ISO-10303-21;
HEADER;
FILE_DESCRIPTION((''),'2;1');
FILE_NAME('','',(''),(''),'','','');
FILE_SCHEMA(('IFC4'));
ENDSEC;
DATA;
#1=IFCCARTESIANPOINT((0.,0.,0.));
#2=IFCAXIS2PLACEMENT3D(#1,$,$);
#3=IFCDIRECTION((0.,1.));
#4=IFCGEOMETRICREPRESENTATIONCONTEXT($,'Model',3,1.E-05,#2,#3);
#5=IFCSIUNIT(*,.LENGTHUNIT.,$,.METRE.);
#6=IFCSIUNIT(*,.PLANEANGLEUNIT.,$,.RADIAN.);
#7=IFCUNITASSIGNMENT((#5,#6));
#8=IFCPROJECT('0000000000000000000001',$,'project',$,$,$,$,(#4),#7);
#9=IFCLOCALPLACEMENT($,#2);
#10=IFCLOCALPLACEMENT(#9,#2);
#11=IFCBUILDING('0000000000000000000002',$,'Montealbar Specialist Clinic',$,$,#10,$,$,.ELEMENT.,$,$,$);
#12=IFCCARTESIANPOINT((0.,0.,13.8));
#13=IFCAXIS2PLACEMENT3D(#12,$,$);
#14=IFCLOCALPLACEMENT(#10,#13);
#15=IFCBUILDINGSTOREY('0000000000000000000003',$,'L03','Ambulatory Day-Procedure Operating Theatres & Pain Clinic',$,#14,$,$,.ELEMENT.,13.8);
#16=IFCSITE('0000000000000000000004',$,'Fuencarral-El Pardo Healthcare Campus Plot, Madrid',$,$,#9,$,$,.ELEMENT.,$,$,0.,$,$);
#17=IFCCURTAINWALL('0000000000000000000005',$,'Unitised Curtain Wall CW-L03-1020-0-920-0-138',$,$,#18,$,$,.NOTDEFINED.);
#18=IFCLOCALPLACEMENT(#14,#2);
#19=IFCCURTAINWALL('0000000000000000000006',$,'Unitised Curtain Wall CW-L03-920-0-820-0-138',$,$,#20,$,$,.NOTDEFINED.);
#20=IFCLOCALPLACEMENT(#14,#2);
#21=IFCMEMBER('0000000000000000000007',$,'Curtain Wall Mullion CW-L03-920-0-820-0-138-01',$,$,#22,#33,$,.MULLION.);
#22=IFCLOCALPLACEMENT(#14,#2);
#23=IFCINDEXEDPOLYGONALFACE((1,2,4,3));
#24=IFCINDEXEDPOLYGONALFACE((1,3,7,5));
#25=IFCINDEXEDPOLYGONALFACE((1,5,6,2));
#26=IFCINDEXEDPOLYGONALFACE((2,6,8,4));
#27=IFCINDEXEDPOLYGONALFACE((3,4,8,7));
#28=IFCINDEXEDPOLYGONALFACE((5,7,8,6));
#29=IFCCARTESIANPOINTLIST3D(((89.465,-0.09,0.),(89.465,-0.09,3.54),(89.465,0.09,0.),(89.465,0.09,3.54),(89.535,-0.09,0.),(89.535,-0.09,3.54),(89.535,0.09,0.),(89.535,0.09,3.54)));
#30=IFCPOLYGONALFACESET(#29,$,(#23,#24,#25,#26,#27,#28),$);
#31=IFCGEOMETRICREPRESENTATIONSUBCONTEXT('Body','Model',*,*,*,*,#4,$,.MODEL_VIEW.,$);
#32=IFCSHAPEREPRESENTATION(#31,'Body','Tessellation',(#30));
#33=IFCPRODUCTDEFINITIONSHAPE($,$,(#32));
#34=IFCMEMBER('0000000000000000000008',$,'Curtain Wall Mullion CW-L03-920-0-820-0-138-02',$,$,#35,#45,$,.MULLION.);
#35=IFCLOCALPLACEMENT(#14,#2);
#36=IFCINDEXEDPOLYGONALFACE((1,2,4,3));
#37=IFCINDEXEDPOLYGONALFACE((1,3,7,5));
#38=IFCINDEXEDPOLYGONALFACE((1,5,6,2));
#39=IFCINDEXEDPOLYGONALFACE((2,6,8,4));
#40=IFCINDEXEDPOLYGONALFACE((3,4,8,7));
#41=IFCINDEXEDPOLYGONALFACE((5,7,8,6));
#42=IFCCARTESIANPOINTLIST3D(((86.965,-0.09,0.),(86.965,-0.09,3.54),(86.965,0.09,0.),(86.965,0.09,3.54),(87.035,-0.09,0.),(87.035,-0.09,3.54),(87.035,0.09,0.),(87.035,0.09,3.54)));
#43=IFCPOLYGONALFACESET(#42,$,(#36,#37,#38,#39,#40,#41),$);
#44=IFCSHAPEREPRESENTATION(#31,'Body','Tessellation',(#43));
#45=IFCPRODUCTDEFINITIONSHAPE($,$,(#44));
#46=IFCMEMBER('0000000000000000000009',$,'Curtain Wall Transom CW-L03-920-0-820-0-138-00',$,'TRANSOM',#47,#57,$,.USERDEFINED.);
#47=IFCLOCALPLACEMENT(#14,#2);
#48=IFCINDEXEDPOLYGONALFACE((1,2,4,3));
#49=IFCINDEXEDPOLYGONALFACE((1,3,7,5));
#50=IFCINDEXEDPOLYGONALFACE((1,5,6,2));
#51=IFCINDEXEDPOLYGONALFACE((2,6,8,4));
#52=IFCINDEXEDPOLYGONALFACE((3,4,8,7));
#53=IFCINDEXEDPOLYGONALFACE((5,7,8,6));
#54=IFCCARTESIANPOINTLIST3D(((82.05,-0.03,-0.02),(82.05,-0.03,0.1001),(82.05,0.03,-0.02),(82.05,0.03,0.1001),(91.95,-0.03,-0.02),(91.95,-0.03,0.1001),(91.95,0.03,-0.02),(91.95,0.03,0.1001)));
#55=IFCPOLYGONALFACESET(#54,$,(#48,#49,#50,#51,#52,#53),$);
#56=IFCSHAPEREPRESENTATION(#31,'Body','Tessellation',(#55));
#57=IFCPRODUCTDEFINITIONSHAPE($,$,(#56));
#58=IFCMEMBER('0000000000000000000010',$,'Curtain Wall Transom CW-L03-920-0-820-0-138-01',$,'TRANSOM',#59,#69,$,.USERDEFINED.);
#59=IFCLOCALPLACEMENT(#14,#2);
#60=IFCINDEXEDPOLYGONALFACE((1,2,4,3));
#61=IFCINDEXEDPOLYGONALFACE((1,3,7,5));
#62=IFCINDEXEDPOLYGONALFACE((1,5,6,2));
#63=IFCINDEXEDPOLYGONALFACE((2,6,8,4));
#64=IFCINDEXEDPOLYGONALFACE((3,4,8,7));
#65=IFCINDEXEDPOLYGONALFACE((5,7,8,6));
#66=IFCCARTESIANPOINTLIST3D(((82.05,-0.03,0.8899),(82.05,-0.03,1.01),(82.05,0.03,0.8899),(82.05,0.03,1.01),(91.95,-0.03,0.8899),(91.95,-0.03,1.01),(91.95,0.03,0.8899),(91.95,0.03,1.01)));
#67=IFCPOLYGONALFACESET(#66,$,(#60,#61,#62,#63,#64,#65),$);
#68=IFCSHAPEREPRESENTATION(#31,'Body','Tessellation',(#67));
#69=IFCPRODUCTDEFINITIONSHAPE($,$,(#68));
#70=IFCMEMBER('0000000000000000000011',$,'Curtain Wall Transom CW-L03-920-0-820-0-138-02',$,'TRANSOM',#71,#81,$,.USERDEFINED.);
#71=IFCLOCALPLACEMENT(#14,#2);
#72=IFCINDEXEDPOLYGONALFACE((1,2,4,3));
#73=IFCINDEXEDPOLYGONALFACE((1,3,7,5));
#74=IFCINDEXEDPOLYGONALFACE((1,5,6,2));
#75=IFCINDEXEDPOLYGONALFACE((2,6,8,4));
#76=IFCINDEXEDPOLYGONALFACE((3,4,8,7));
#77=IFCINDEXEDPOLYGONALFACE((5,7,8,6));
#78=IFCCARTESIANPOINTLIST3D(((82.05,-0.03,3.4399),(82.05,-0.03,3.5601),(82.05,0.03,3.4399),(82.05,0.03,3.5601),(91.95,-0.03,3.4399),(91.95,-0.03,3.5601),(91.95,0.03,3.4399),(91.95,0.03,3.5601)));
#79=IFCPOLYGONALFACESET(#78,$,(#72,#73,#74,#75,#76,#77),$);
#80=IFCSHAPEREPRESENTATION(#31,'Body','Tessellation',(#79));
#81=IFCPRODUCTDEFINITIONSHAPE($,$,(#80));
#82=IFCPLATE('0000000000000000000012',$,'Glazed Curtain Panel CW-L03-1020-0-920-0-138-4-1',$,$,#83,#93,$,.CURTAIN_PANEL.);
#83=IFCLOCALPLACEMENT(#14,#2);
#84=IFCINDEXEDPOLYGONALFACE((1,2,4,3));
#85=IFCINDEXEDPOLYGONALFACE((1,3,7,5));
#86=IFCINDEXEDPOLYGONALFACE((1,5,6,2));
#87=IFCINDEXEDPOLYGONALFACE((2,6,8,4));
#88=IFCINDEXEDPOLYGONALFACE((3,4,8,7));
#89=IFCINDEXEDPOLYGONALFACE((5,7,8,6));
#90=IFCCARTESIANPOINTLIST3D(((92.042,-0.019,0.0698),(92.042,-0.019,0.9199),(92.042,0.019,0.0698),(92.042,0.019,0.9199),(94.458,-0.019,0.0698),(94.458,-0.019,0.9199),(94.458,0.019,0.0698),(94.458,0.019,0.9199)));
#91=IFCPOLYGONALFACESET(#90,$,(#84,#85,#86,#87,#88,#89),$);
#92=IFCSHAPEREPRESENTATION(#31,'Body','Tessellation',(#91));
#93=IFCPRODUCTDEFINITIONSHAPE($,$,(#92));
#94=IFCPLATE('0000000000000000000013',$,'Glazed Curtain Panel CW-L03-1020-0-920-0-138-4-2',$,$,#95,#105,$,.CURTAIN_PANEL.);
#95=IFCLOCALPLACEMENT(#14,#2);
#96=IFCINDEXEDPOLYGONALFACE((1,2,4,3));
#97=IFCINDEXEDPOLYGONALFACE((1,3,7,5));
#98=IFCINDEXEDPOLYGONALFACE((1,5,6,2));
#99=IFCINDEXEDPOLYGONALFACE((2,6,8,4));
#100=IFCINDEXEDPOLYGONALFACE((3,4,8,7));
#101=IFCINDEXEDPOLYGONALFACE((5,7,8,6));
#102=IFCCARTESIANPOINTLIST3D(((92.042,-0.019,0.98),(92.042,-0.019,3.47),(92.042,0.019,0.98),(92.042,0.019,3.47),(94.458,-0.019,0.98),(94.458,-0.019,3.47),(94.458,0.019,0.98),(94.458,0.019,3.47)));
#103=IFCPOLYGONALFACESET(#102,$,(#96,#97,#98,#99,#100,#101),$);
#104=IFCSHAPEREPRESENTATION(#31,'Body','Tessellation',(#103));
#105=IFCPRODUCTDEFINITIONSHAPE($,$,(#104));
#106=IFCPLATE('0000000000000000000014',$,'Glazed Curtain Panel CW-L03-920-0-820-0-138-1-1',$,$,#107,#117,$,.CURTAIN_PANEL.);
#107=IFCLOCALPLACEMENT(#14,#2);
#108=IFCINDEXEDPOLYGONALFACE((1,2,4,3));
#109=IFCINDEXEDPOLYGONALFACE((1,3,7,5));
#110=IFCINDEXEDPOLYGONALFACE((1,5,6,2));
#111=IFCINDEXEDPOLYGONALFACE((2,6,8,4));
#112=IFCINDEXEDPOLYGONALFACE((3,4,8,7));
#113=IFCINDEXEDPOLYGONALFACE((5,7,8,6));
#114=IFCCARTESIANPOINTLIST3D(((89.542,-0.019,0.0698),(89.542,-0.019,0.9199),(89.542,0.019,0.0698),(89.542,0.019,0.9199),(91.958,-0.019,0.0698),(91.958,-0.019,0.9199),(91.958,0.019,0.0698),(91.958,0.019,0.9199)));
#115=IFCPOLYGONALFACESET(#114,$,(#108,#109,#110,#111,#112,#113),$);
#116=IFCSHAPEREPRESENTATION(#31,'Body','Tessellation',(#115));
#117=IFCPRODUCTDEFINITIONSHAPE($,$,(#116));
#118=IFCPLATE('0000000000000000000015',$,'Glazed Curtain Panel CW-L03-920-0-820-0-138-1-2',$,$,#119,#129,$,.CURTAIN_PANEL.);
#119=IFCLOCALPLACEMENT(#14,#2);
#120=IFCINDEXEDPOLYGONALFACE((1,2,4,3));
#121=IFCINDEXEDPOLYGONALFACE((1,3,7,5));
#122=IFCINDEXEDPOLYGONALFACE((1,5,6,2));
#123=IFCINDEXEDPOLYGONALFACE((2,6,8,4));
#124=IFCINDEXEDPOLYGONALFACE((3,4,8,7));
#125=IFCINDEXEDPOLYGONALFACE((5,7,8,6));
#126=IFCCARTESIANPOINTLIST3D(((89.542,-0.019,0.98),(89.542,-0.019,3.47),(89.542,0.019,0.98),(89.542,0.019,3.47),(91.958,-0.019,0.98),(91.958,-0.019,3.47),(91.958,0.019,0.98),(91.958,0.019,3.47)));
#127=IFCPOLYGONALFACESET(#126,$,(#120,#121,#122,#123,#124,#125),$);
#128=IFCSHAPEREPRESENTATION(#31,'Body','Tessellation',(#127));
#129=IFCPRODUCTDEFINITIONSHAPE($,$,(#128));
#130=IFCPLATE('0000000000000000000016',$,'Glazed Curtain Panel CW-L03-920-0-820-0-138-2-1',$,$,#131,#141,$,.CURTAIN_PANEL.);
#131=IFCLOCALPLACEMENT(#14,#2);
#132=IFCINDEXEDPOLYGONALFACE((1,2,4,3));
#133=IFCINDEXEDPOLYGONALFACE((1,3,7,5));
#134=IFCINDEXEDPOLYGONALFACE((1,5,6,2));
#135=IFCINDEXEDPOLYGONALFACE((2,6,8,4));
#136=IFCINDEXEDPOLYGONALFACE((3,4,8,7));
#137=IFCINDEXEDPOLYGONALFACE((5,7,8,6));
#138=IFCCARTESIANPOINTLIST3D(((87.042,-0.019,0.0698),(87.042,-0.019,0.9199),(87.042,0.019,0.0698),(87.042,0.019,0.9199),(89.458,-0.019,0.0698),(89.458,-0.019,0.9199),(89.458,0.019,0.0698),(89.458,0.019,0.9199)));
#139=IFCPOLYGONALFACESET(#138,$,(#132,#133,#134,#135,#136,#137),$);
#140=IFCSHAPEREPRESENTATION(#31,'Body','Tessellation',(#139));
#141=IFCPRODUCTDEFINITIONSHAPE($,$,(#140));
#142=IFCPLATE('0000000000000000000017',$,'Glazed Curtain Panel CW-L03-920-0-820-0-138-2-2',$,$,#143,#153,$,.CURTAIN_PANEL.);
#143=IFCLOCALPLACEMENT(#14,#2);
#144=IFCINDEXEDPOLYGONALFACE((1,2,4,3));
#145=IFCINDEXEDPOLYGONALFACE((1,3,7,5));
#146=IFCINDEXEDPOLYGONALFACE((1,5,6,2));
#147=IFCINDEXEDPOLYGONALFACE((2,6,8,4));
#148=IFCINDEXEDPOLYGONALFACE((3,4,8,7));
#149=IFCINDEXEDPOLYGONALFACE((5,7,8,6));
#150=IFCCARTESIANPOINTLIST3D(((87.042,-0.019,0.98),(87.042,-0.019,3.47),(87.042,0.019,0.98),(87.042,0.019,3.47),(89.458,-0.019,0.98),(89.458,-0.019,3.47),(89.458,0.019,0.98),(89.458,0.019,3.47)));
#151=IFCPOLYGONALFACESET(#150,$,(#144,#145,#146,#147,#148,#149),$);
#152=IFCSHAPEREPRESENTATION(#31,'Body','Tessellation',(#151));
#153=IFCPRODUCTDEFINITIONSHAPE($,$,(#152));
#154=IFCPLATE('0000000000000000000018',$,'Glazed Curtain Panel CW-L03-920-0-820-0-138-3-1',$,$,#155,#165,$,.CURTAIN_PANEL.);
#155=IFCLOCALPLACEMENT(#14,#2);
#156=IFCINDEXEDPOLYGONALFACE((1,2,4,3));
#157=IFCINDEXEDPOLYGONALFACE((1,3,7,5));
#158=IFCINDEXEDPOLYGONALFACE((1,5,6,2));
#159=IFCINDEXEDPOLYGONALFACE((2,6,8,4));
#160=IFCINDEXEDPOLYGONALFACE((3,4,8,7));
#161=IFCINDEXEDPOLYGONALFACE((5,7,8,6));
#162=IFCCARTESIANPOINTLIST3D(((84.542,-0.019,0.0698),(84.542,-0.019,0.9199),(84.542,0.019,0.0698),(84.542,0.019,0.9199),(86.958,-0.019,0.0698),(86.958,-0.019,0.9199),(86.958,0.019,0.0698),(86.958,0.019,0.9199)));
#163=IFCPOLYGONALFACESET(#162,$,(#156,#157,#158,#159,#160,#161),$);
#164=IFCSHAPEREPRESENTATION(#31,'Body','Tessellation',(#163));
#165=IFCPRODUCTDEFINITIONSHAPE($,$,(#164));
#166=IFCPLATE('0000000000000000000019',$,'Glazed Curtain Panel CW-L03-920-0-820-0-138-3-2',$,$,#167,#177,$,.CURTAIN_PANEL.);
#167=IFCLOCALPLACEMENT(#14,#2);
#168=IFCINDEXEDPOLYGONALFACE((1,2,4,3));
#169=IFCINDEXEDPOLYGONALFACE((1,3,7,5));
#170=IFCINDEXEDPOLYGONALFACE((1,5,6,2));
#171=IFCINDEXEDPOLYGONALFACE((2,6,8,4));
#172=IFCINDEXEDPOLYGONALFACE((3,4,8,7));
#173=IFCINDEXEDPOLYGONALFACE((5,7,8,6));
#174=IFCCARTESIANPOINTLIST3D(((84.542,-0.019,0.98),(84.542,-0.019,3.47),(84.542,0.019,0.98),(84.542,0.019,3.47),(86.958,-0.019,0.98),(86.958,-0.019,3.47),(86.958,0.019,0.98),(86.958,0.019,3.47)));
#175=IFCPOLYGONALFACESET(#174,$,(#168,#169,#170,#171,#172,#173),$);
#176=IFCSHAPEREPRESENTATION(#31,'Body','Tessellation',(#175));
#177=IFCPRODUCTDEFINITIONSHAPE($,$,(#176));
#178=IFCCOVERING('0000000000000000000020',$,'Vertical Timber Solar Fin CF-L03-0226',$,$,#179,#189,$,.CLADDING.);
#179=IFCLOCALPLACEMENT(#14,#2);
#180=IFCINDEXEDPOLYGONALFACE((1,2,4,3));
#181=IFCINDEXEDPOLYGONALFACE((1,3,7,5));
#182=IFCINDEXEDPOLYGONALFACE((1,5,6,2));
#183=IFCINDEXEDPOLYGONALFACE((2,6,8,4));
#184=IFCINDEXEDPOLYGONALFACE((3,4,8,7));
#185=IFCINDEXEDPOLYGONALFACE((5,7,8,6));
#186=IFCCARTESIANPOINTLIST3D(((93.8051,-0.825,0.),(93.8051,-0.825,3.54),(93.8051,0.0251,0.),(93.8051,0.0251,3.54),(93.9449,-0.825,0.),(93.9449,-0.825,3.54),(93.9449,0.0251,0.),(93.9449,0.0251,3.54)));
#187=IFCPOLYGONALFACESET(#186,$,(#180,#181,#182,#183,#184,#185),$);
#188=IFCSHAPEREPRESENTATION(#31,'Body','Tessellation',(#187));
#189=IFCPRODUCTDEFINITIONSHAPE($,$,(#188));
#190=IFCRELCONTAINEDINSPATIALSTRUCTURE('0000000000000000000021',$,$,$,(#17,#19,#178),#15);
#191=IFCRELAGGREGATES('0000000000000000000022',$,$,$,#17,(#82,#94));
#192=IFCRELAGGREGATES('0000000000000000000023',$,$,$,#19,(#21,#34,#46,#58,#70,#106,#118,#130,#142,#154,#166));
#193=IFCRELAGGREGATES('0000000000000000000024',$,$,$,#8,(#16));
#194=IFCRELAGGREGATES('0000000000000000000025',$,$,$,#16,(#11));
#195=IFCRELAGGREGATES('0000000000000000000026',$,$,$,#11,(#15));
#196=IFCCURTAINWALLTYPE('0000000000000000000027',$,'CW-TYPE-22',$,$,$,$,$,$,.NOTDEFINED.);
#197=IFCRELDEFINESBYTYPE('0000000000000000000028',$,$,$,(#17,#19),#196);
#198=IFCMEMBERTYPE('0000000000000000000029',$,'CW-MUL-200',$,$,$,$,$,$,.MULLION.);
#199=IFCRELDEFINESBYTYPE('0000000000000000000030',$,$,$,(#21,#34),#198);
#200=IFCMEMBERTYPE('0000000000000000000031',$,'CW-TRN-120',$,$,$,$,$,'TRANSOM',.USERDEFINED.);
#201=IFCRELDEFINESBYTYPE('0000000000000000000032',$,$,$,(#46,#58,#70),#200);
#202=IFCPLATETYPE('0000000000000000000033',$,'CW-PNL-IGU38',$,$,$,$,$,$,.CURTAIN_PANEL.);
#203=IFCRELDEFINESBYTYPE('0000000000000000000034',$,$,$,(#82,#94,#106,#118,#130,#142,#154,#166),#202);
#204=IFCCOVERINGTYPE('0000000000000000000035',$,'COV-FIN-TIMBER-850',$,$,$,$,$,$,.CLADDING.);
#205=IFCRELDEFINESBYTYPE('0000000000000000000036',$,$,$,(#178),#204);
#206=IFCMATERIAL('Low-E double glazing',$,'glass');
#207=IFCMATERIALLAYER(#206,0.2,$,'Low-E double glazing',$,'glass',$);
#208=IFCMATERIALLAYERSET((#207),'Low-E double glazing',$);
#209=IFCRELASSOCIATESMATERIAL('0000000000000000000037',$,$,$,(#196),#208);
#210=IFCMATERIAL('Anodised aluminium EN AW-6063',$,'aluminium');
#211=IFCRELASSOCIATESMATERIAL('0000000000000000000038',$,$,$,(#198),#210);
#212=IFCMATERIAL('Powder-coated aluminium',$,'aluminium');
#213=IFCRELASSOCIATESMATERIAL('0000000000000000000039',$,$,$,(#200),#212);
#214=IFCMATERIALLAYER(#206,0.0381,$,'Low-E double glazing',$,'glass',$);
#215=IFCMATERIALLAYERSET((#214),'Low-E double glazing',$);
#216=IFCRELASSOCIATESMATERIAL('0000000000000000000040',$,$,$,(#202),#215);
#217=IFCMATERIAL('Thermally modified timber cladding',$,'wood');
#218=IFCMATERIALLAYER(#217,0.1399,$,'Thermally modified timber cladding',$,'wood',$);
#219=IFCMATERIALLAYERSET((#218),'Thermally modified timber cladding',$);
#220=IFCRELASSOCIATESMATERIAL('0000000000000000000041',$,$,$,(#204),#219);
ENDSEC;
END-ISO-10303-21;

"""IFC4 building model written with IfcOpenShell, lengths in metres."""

from ifc_helpers import new_model, si_unit, direction, frame, origin, origin_2d, place, context, subcontext, project, spatial, rectangle, extrude, material, layer, layer_set, material_profile, profile_set, type_object, element, aggregate, save


model = new_model("IFC4")

# Units and contexts
model_context = context("Model", 3, precision=1e-05, world=origin(), true_north=direction((0.0, 1.0)))
body_context = subcontext(model_context, "Body", "Model", "MODEL_VIEW")
ifc_project = project(units=[si_unit("LENGTHUNIT", "METRE"), si_unit("PLANEANGLEUNIT", "RADIAN")], contexts=[model_context])

# Site, building, storey
site_placement = place(None, origin())
site = spatial("IfcSite", under=ifc_project, at=site_placement, Name="Fuencarral-El Pardo Healthcare Campus Plot, Madrid", CompositionType="ELEMENT", RefElevation=0.0)
building_placement = place(site_placement, origin())
building = spatial("IfcBuilding", under=site, at=building_placement, Name="Montealbar Specialist Clinic", CompositionType="ELEMENT")
storey_placement = place(building_placement, frame((0.0, 0.0, 13.8)))
storey = spatial("IfcBuildingStorey", under=building, at=storey_placement, Name="L03", Description="Ambulatory Day-Procedure Operating Theatres & Pain Clinic", CompositionType="ELEMENT", Elevation=13.8)

# Curtain walls, members
ifc_material_1 = material(Name="Low-E double glazing", Category="glass")
ifc_layer_1 = layer(ifc_material_1, 0.2, Name="Low-E double glazing", Category="glass")
ifc_layer_set_1 = layer_set([ifc_layer_1], Name="Low-E double glazing")
curtain_wall_type = type_object("IfcCurtainWallType", Name="CW-TYPE-22", PredefinedType="NOTDEFINED", material=ifc_layer_set_1)
curtain_wall_1_placement = place(storey_placement, origin())
curtain_wall_1 = element("IfcCurtainWall", 1, at=curtain_wall_1_placement, inside=storey, type_object=curtain_wall_type, Name="Unitised Curtain Wall CW-L03-1020-0-920-0-138", PredefinedType="NOTDEFINED")
ifc_material_2 = material(Name="Anodised aluminium EN AW-6063", Category="aluminium")
ifc_material_profile_1 = material_profile(ifc_material_2, rectangle(XDim=0.0701, YDim=0.1799, at=origin_2d()), Name="ALU 70x180", Category="aluminium")
ifc_profile_set_1 = profile_set([ifc_material_profile_1], Name="Anodised aluminium EN AW-6063")
member_type_1 = type_object("IfcMemberType", Name="CW-MUL-200", PredefinedType="MULLION", material=ifc_profile_set_1)
curtain_wall_2_placement = place(storey_placement, origin())
curtain_wall_2 = element("IfcCurtainWall", 2, at=curtain_wall_2_placement, inside=storey, type_object=curtain_wall_type, Name="Unitised Curtain Wall CW-L03-920-0-820-0-138", PredefinedType="NOTDEFINED")
member_1_placement = place(storey_placement, frame((89.5, 0.0, 0.0), z_axis=(0.0, 0.0, 1.0), x_axis=(-1.0, 0.0, 0.0)))
member_1 = element("IfcMember", 3, at=member_1_placement, type_object=member_type_1, Name="Curtain Wall Mullion CW-L03-920-0-820-0-138-01", PredefinedType="MULLION", context=body_context, shape_type="SweptSolid", body=[
    extrude(rectangle(XDim=0.0701, YDim=0.1799, at=origin_2d()), origin(), (0.0, 0.0, 1.0), 3.54),
])
member_2_placement = place(storey_placement, frame((87.0, 0.0, 0.0), z_axis=(0.0, 0.0, 1.0), x_axis=(-1.0, 0.0, 0.0)))
member_2 = element("IfcMember", 4, at=member_2_placement, type_object=member_type_1, Name="Curtain Wall Mullion CW-L03-920-0-820-0-138-02", PredefinedType="MULLION", context=body_context, shape_type="SweptSolid", body=[
    extrude(rectangle(XDim=0.0701, YDim=0.1799, at=origin_2d()), origin(), (0.0, 0.0, 1.0), 3.54),
])
ifc_material_3 = material(Name="Powder-coated aluminium", Category="aluminium")
ifc_material_profile_2 = material_profile(ifc_material_3, rectangle(XDim=0.0601, YDim=0.1201, at=origin_2d()), Name="ALU 60x120", Category="aluminium")
ifc_profile_set_2 = profile_set([ifc_material_profile_2], Name="Powder-coated aluminium")
member_type_2 = type_object("IfcMemberType", Name="CW-TRN-120", ElementType="TRANSOM", PredefinedType="USERDEFINED", material=ifc_profile_set_2)
member_3_placement = place(storey_placement, frame((91.95, 0.0, 0.04), z_axis=(-1.0, 0.0, 0.0), x_axis=(0.0, -1.0, 0.0)))
member_3 = element("IfcMember", 5, at=member_3_placement, type_object=member_type_2, Name="Curtain Wall Transom CW-L03-920-0-820-0-138-00", ObjectType="TRANSOM", PredefinedType="USERDEFINED", context=body_context, shape_type="SweptSolid", body=[
    extrude(rectangle(XDim=0.0601, YDim=0.1201, at=origin_2d()), origin(), (0.0, 0.0, 1.0), 9.8999),
])
member_4_placement = place(storey_placement, frame((91.95, 0.0, 0.95), z_axis=(-1.0, 0.0, 0.0), x_axis=(0.0, -1.0, 0.0)))
member_4 = element("IfcMember", 6, at=member_4_placement, type_object=member_type_2, Name="Curtain Wall Transom CW-L03-920-0-820-0-138-01", ObjectType="TRANSOM", PredefinedType="USERDEFINED", context=body_context, shape_type="SweptSolid", body=[
    extrude(rectangle(XDim=0.0601, YDim=0.1201, at=origin_2d()), origin(), (0.0, 0.0, 1.0), 9.8999),
])
member_5_placement = place(storey_placement, frame((91.95, 0.0, 3.5), z_axis=(-1.0, 0.0, 0.0), x_axis=(0.0, -1.0, 0.0)))
member_5 = element("IfcMember", 7, at=member_5_placement, type_object=member_type_2, Name="Curtain Wall Transom CW-L03-920-0-820-0-138-02", ObjectType="TRANSOM", PredefinedType="USERDEFINED", context=body_context, shape_type="SweptSolid", body=[
    extrude(rectangle(XDim=0.0601, YDim=0.1201, at=origin_2d()), origin(), (0.0, 0.0, 1.0), 9.8999),
])

# Plates
ifc_layer_2 = layer(ifc_material_1, 0.0381, Name="Low-E double glazing", Category="glass")
ifc_layer_set_2 = layer_set([ifc_layer_2], Name="Low-E double glazing")
plate_type = type_object("IfcPlateType", Name="CW-PNL-IGU38", PredefinedType="CURTAIN_PANEL", material=ifc_layer_set_2)
plate_1_placement = place(storey_placement, frame((93.25, 0.0, 0.0698), z_axis=(0.0, 0.0, 1.0), x_axis=(-1.0, 0.0, 0.0)))
plate_1 = element("IfcPlate", 8, at=plate_1_placement, type_object=plate_type, Name="Glazed Curtain Panel CW-L03-1020-0-920-0-138-4-1", PredefinedType="CURTAIN_PANEL", context=body_context, shape_type="SweptSolid", body=[
    extrude(rectangle(XDim=2.416, YDim=0.0381, at=origin_2d()), origin(), (0.0, 0.0, 1.0), 0.8501),
])
plate_2_placement = place(storey_placement, frame((93.25, 0.0, 0.98), z_axis=(0.0, 0.0, 1.0), x_axis=(-1.0, 0.0, 0.0)))
plate_2 = element("IfcPlate", 9, at=plate_2_placement, type_object=plate_type, Name="Glazed Curtain Panel CW-L03-1020-0-920-0-138-4-2", PredefinedType="CURTAIN_PANEL", context=body_context, shape_type="SweptSolid", body=[
    extrude(rectangle(XDim=2.416, YDim=0.0381, at=origin_2d()), origin(), (0.0, 0.0, 1.0), 2.49),
])
aggregate(curtain_wall_1, [plate_1, plate_2])
plate_3_placement = place(storey_placement, frame((90.75, 0.0, 0.0698), z_axis=(0.0, 0.0, 1.0), x_axis=(-1.0, 0.0, 0.0)))
plate_3 = element("IfcPlate", 10, at=plate_3_placement, type_object=plate_type, Name="Glazed Curtain Panel CW-L03-920-0-820-0-138-1-1", PredefinedType="CURTAIN_PANEL", context=body_context, shape_type="SweptSolid", body=[
    extrude(rectangle(XDim=2.416, YDim=0.0381, at=origin_2d()), origin(), (0.0, 0.0, 1.0), 0.8501),
])
plate_4_placement = place(storey_placement, frame((90.75, 0.0, 0.98), z_axis=(0.0, 0.0, 1.0), x_axis=(-1.0, 0.0, 0.0)))
plate_4 = element("IfcPlate", 11, at=plate_4_placement, type_object=plate_type, Name="Glazed Curtain Panel CW-L03-920-0-820-0-138-1-2", PredefinedType="CURTAIN_PANEL", context=body_context, shape_type="SweptSolid", body=[
    extrude(rectangle(XDim=2.416, YDim=0.0381, at=origin_2d()), origin(), (0.0, 0.0, 1.0), 2.49),
])
plate_5_placement = place(storey_placement, frame((88.25, 0.0, 0.0698), z_axis=(0.0, 0.0, 1.0), x_axis=(-1.0, 0.0, 0.0)))
plate_5 = element("IfcPlate", 12, at=plate_5_placement, type_object=plate_type, Name="Glazed Curtain Panel CW-L03-920-0-820-0-138-2-1", PredefinedType="CURTAIN_PANEL", context=body_context, shape_type="SweptSolid", body=[
    extrude(rectangle(XDim=2.416, YDim=0.0381, at=origin_2d()), origin(), (0.0, 0.0, 1.0), 0.8501),
])
plate_6_placement = place(storey_placement, frame((88.25, 0.0, 0.98), z_axis=(0.0, 0.0, 1.0), x_axis=(-1.0, 0.0, 0.0)))
plate_6 = element("IfcPlate", 13, at=plate_6_placement, type_object=plate_type, Name="Glazed Curtain Panel CW-L03-920-0-820-0-138-2-2", PredefinedType="CURTAIN_PANEL", context=body_context, shape_type="SweptSolid", body=[
    extrude(rectangle(XDim=2.416, YDim=0.0381, at=origin_2d()), origin(), (0.0, 0.0, 1.0), 2.49),
])
plate_7_placement = place(storey_placement, frame((85.75, 0.0, 0.0698), z_axis=(0.0, 0.0, 1.0), x_axis=(-1.0, 0.0, 0.0)))
plate_7 = element("IfcPlate", 14, at=plate_7_placement, type_object=plate_type, Name="Glazed Curtain Panel CW-L03-920-0-820-0-138-3-1", PredefinedType="CURTAIN_PANEL", context=body_context, shape_type="SweptSolid", body=[
    extrude(rectangle(XDim=2.416, YDim=0.0381, at=origin_2d()), origin(), (0.0, 0.0, 1.0), 0.8501),
])
plate_8_placement = place(storey_placement, frame((85.75, 0.0, 0.98), z_axis=(0.0, 0.0, 1.0), x_axis=(-1.0, 0.0, 0.0)))
plate_8 = element("IfcPlate", 15, at=plate_8_placement, type_object=plate_type, Name="Glazed Curtain Panel CW-L03-920-0-820-0-138-3-2", PredefinedType="CURTAIN_PANEL", context=body_context, shape_type="SweptSolid", body=[
    extrude(rectangle(XDim=2.416, YDim=0.0381, at=origin_2d()), origin(), (0.0, 0.0, 1.0), 2.49),
])
aggregate(curtain_wall_2, [member_1, member_2, member_3, member_4, member_5, plate_3, plate_4, plate_5, plate_6, plate_7, plate_8])

# Covering
ifc_material_4 = material(Name="Thermally modified timber cladding", Category="wood")
ifc_layer_3 = layer(ifc_material_4, 0.1399, Name="Thermally modified timber cladding", Category="wood")
ifc_layer_set_3 = layer_set([ifc_layer_3], Name="Thermally modified timber cladding")
covering_type = type_object("IfcCoveringType", Name="COV-FIN-TIMBER-850", PredefinedType="CLADDING", material=ifc_layer_set_3)
for number, where, z_axis, x_axis, name in (
    (16, (93.875, -0.3999, 0.0), (0.0, 0.0, 1.0), (0.0, -1.0, 0.0), "Vertical Timber Solar Fin CF-L03-0226"),
):
    element("IfcCovering", number, at=place(storey_placement, frame(where, z_axis=z_axis, x_axis=x_axis)), inside=storey, type_object=covering_type, Name=name, PredefinedType="CLADDING", context=body_context, shape_type="SweptSolid", body=[
        extrude(rectangle(XDim=0.8501, YDim=0.1399, at=origin_2d()), origin(), (0.0, 0.0, 1.0), 3.54),
    ])

save(model, "model.ifc")
